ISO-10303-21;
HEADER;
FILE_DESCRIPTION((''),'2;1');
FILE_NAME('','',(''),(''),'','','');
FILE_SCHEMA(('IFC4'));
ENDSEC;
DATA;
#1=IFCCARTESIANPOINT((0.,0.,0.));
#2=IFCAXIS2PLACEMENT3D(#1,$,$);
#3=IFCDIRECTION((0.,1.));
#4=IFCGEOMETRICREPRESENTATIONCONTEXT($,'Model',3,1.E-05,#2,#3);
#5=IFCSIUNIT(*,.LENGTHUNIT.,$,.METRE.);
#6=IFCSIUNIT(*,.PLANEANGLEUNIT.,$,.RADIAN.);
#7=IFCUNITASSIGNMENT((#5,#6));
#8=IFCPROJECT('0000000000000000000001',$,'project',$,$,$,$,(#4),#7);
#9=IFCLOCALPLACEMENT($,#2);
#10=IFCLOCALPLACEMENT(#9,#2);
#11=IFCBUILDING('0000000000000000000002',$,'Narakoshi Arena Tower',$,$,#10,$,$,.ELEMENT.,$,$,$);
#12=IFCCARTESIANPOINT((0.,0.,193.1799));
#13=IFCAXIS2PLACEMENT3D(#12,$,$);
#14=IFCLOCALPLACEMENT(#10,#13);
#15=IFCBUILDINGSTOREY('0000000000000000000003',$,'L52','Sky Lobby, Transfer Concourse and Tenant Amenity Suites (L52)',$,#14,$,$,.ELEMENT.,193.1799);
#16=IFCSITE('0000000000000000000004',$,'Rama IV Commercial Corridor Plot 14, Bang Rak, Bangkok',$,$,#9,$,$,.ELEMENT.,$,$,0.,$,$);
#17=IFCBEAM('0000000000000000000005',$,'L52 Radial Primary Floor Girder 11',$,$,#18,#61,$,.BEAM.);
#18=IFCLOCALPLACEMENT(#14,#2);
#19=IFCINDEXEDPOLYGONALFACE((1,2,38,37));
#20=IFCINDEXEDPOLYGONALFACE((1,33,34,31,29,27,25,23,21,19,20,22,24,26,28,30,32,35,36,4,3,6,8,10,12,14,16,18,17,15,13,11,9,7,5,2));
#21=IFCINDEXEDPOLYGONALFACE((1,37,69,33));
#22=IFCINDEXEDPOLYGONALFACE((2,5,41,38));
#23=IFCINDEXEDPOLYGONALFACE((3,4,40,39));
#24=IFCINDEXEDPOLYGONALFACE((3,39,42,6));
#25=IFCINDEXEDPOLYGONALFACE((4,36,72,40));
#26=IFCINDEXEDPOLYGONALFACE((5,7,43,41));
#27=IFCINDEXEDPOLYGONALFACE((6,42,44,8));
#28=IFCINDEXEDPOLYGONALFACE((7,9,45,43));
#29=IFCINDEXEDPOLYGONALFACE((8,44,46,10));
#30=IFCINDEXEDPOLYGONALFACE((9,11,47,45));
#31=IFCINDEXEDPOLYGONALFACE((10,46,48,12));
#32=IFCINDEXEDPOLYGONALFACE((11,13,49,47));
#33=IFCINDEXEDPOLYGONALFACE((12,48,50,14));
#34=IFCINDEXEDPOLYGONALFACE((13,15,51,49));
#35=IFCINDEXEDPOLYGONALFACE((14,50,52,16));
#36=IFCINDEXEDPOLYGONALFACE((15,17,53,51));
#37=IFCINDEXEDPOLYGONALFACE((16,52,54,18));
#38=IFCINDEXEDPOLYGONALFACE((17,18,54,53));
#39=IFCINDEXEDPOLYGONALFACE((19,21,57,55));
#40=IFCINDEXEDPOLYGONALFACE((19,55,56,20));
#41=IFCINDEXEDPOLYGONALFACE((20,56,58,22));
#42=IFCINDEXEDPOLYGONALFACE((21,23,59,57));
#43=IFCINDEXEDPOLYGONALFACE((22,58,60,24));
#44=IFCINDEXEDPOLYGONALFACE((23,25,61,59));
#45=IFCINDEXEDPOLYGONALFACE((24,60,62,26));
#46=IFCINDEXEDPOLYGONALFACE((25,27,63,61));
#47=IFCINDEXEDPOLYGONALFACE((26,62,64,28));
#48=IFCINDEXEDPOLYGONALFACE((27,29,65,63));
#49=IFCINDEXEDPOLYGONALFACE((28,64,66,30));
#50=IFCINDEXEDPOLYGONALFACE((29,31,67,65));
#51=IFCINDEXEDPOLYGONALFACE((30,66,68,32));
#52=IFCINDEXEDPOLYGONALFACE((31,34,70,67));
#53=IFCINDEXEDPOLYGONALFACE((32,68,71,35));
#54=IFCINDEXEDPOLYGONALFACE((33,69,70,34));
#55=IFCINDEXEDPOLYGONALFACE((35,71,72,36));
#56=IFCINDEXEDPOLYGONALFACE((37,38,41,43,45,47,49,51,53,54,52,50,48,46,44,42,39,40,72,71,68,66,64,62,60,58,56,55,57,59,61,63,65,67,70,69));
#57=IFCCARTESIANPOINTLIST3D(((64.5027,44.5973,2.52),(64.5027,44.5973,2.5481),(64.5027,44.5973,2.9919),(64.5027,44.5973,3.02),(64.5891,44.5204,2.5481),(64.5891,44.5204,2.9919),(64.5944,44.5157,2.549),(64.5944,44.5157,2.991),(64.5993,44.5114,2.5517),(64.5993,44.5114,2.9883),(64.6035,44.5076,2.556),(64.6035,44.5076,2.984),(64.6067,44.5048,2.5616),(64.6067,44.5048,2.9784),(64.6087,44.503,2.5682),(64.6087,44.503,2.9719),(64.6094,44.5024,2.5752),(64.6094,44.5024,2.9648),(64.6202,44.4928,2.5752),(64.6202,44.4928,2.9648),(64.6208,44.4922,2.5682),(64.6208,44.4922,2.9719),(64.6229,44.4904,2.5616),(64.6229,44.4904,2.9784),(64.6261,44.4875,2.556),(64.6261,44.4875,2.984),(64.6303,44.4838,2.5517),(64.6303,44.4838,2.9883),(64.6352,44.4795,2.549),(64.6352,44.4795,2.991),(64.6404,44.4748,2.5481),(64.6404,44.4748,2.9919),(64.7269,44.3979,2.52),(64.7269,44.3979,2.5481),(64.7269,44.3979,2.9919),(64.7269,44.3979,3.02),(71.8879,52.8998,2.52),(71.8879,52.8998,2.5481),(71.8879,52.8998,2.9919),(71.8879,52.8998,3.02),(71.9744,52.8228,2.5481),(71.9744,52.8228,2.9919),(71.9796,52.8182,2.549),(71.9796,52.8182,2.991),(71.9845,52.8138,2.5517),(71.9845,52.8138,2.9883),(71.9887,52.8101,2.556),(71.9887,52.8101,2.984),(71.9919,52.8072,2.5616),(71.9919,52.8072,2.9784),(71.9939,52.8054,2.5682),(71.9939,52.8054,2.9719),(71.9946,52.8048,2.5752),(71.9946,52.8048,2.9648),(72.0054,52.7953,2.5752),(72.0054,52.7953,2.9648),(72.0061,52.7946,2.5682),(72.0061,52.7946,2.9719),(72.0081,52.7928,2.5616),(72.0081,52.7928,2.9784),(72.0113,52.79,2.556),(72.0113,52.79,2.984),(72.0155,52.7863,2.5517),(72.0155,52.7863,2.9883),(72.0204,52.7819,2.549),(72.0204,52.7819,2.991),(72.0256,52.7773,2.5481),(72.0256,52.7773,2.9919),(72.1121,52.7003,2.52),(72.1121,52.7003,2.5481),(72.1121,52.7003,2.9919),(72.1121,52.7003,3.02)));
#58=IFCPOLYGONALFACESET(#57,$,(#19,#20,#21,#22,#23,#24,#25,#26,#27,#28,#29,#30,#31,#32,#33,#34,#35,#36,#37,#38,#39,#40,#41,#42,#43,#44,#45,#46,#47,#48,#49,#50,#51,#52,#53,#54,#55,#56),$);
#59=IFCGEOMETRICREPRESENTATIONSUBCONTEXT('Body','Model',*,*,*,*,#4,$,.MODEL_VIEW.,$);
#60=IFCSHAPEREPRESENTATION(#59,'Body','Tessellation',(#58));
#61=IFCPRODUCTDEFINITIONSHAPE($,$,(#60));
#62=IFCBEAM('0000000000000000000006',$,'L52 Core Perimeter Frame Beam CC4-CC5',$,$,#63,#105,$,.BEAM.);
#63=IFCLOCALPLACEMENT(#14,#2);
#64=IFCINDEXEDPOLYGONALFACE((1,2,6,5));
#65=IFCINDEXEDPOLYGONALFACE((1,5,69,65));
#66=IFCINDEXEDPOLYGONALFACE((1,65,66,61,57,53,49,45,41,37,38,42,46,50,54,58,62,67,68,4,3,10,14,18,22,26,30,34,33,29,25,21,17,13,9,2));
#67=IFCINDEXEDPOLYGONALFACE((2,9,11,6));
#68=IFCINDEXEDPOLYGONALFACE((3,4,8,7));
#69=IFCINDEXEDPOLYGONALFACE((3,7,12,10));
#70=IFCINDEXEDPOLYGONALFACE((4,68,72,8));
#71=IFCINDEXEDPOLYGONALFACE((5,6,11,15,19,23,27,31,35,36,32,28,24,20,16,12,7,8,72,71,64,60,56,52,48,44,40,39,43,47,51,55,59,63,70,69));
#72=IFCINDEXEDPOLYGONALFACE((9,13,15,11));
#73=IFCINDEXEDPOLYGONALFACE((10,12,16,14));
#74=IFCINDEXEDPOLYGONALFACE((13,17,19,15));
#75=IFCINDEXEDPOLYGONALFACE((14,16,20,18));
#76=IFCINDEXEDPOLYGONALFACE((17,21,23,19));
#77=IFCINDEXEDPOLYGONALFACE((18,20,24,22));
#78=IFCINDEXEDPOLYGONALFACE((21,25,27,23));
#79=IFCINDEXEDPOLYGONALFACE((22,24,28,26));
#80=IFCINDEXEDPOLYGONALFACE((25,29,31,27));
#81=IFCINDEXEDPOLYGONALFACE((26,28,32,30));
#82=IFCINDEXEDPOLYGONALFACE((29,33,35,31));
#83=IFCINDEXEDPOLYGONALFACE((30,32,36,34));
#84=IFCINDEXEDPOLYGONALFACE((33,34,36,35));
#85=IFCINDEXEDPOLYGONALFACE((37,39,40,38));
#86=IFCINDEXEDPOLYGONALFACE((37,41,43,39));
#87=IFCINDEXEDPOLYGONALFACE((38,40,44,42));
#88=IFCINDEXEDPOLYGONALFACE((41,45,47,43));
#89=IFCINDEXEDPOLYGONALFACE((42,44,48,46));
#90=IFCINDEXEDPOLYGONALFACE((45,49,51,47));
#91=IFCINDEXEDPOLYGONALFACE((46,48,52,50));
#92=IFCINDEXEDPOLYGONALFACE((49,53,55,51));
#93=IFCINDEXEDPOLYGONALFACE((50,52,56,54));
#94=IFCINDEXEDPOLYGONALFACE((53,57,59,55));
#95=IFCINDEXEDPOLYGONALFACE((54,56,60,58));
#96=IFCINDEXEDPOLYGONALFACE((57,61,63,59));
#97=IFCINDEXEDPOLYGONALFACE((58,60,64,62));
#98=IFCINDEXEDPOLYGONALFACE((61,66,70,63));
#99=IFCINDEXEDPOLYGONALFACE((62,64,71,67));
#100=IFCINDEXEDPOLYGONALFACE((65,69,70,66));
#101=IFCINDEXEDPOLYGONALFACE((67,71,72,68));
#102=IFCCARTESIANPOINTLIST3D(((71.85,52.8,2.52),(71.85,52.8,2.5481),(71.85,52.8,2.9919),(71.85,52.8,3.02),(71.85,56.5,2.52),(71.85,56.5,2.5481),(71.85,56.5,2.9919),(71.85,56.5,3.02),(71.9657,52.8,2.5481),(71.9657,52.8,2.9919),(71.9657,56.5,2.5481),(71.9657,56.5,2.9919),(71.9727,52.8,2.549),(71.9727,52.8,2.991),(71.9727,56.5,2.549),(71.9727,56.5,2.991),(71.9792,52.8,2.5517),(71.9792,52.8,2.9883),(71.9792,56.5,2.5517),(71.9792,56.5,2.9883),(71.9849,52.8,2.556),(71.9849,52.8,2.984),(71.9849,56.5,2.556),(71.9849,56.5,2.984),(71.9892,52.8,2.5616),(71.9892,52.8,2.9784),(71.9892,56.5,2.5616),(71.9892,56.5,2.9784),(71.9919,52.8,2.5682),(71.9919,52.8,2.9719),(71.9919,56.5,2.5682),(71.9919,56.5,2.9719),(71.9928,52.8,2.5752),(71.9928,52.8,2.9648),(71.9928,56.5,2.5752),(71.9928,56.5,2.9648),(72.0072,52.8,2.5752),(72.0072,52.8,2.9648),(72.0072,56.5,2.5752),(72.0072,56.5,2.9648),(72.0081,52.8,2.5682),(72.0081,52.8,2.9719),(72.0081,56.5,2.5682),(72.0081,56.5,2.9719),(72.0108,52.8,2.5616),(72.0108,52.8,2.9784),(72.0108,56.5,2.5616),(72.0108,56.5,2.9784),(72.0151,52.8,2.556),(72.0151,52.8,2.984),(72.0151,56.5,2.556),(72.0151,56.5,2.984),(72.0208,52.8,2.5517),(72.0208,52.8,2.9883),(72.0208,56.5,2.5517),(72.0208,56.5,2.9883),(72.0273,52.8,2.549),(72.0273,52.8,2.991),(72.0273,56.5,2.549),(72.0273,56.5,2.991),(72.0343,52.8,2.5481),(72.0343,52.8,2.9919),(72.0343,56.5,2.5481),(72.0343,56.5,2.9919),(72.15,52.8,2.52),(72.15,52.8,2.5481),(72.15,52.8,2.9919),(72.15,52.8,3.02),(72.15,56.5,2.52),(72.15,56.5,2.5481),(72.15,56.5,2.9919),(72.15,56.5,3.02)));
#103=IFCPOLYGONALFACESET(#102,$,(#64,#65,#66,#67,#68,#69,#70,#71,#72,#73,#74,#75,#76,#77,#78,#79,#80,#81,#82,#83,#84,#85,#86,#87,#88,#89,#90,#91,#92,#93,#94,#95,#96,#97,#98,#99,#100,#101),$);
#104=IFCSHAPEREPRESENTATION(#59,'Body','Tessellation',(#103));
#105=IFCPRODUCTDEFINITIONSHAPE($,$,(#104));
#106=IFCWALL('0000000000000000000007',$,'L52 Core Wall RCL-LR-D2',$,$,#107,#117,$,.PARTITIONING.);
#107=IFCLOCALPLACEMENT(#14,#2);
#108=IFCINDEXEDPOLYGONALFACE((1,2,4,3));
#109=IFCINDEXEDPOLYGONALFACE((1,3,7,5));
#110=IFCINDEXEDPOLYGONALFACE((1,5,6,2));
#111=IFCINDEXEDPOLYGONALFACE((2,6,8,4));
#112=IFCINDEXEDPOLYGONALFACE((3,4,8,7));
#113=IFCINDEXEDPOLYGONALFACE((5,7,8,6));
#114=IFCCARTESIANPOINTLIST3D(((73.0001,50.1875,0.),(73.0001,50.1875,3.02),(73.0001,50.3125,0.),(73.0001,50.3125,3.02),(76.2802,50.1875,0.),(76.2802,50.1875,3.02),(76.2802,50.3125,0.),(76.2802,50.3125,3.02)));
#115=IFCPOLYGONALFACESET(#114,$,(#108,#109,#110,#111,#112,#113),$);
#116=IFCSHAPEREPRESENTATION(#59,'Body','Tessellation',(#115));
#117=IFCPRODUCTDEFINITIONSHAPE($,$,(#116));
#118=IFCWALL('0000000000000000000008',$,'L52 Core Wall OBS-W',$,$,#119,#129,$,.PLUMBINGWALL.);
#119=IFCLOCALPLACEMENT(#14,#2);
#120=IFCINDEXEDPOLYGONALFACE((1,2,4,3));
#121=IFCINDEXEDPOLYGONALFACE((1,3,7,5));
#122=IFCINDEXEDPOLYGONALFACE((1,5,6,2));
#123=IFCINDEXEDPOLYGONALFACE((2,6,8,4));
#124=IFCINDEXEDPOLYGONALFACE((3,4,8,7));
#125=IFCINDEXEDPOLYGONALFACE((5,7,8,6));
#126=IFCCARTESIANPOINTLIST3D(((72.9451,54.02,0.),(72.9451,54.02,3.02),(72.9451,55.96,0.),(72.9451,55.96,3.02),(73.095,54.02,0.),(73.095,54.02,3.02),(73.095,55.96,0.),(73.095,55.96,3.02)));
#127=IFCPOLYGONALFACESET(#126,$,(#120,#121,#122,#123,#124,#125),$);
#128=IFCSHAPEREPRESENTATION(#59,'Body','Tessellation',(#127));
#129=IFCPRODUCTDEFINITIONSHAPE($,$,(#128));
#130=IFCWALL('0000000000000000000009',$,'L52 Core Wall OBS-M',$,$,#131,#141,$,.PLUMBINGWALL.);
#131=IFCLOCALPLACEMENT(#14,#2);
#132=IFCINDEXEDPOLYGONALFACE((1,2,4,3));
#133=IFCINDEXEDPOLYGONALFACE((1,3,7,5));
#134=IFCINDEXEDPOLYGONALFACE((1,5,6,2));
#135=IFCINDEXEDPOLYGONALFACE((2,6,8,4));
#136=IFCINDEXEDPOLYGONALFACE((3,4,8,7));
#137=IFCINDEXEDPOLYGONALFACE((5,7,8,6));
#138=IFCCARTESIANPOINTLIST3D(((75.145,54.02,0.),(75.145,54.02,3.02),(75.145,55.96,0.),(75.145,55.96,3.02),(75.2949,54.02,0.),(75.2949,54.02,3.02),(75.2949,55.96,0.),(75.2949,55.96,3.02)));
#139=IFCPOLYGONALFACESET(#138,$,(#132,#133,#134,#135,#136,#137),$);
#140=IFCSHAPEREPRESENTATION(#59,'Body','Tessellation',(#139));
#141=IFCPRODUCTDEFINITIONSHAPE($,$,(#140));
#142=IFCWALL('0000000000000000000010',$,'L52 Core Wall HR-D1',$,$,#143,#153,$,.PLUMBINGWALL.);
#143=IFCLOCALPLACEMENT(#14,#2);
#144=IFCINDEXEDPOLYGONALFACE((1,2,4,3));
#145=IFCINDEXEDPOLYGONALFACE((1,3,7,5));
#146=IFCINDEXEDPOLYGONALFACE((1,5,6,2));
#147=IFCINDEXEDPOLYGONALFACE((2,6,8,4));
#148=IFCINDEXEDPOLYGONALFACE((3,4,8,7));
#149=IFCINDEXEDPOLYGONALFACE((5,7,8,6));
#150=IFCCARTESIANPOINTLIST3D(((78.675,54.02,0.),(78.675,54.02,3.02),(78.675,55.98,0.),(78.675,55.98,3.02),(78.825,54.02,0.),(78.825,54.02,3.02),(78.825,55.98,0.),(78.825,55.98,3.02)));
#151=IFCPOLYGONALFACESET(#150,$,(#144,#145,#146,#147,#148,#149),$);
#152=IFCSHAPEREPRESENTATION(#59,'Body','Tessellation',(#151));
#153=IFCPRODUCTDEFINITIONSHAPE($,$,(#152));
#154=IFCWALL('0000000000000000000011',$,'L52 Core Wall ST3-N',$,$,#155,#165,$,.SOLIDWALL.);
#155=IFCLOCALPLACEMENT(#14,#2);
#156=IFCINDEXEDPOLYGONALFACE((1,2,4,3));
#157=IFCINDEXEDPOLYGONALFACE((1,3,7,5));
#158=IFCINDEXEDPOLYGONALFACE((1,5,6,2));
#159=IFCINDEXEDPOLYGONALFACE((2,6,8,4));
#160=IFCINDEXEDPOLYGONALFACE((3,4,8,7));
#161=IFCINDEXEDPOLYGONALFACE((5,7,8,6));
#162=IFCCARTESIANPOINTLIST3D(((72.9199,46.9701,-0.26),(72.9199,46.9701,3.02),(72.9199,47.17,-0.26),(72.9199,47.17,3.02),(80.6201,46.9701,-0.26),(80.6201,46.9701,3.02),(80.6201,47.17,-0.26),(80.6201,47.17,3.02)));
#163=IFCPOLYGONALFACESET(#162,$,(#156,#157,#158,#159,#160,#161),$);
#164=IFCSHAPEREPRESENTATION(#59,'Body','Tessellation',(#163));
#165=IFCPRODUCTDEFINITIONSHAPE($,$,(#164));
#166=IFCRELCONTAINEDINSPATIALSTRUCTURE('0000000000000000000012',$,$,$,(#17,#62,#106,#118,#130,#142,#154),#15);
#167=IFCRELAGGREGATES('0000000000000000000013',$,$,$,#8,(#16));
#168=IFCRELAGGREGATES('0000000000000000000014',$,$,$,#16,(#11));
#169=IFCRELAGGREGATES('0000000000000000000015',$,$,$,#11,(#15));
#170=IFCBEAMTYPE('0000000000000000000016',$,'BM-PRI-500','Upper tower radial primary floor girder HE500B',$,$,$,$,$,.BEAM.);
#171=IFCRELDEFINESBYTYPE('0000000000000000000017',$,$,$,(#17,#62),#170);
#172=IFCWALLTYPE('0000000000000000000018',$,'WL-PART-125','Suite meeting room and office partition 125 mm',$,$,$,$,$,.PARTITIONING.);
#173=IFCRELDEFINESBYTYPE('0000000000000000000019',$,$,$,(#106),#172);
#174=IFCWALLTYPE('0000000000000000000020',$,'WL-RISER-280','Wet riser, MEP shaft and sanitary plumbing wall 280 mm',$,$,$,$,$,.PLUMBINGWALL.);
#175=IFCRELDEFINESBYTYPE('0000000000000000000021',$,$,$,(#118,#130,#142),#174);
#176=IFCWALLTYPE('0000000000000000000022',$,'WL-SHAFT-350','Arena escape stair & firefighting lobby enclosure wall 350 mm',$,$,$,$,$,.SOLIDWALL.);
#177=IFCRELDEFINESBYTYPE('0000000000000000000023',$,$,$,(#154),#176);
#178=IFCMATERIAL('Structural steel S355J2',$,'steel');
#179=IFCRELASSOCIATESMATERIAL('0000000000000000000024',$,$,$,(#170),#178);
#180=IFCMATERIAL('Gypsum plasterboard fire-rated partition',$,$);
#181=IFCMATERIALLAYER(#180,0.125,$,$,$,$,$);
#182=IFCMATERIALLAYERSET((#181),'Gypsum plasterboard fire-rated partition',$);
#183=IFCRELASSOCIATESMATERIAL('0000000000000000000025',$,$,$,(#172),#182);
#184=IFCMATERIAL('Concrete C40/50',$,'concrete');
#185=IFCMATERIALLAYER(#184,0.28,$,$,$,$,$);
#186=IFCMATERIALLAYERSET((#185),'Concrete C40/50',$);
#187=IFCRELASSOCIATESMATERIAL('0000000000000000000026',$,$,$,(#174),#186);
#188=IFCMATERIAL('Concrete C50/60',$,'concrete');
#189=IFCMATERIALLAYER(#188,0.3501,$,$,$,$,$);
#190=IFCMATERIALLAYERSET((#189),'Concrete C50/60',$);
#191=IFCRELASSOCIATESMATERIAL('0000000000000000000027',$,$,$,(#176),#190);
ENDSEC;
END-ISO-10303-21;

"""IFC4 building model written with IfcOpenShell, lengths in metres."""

from ifc_helpers import new_model, si_unit, direction, frame, frame_2d, origin, origin_2d, place, context, subcontext, project, spatial, rectangle, i_section, extrude, material, layer, layer_set, material_profile, profile_set, type_object, element, save


model = new_model("IFC4")

# Units and contexts
model_context = context("Model", 3, precision=1e-05, world=origin(), true_north=direction((0.0, 1.0)))
body_context = subcontext(model_context, "Body", "Model", "MODEL_VIEW")
ifc_project = project(units=[si_unit("LENGTHUNIT", "METRE"), si_unit("PLANEANGLEUNIT", "RADIAN")], contexts=[model_context])

# Site, building, storey
site_placement = place(None, origin())
site = spatial("IfcSite", under=ifc_project, at=site_placement, Name="Rama IV Commercial Corridor Plot 14, Bang Rak, Bangkok", CompositionType="ELEMENT", RefElevation=0.0)
building_placement = place(site_placement, origin())
building = spatial("IfcBuilding", under=site, at=building_placement, Name="Narakoshi Arena Tower", CompositionType="ELEMENT")
storey_placement = place(building_placement, frame((0.0, 0.0, 193.1799)))
storey = spatial("IfcBuildingStorey", under=building, at=storey_placement, Name="L52", Description="Sky Lobby, Transfer Concourse and Tenant Amenity Suites (L52)", CompositionType="ELEMENT", Elevation=193.1799)

# Beams
ifc_material_1 = material(Name="Structural steel S355J2", Category="steel")
ifc_material_profile = material_profile(ifc_material_1, i_section(OverallWidth=0.3, OverallDepth=0.5, WebThickness=0.0144, FlangeThickness=0.0281, FilletRadius=0.0271, at=origin_2d()), Name="HE500B")
ifc_profile_set = profile_set([ifc_material_profile], Name="Structural steel S355J2")
beam_type = type_object("IfcBeamType", Name="BM-PRI-500", Description="Upper tower radial primary floor girder HE500B", PredefinedType="BEAM", material=ifc_profile_set)
beam_1_placement = place(storey_placement, frame((72.0, 52.8, 2.77), z_axis=(-0.664628, -0.747174, 0.0), x_axis=(0.747174, -0.664628, 0.0)))
element("IfcBeam", 1, at=beam_1_placement, inside=storey, type_object=beam_type, Name="L52 Radial Primary Floor Girder 11", PredefinedType="BEAM", context=body_context, shape_type="SweptSolid", body=[
    extrude(i_section(OverallWidth=0.3, OverallDepth=0.5, WebThickness=0.0144, FlangeThickness=0.0281, FilletRadius=0.0271, at=origin_2d()), origin(), (0.0, 0.0, 1.0), 11.1118),
])
beam_2_placement = place(storey_placement, frame((72.0, 52.8, 2.77), z_axis=(0.0, 1.0, 0.0), x_axis=(-1.0, 0.0, 0.0)))
element("IfcBeam", 2, at=beam_2_placement, inside=storey, type_object=beam_type, Name="L52 Core Perimeter Frame Beam CC4-CC5", PredefinedType="BEAM", context=body_context, shape_type="SweptSolid", body=[
    extrude(i_section(OverallWidth=0.3, OverallDepth=0.5, WebThickness=0.0144, FlangeThickness=0.0281, FilletRadius=0.0271, at=origin_2d()), origin(), (0.0, 0.0, 1.0), 3.7),
])

# Walls
ifc_material_2 = material(Name="Gypsum plasterboard fire-rated partition")
ifc_layer_1 = layer(ifc_material_2, 0.125)
ifc_layer_set_1 = layer_set([ifc_layer_1], Name="Gypsum plasterboard fire-rated partition")
wall_type_1 = type_object("IfcWallType", Name="WL-PART-125", Description="Suite meeting room and office partition 125 mm", PredefinedType="PARTITIONING", material=ifc_layer_set_1)
wall_1_placement = place(storey_placement, frame((73.0, 50.25, 0.0), z_axis=(0.0, 0.0, 1.0), x_axis=(1.0, 0.0, 0.0)))
element("IfcWall", 3, at=wall_1_placement, inside=storey, type_object=wall_type_1, Name="L52 Core Wall RCL-LR-D2", PredefinedType="PARTITIONING", context=body_context, shape_type="SweptSolid", body=[
    extrude(rectangle(XDim=3.28, YDim=0.125, at=frame_2d((1.6401, 0.0))), origin(), (0.0, 0.0, 1.0), 3.02),
])
ifc_material_3 = material(Name="Concrete C40/50", Category="concrete")
ifc_layer_2 = layer(ifc_material_3, 0.28)
ifc_layer_set_2 = layer_set([ifc_layer_2], Name="Concrete C40/50")
wall_type_2 = type_object("IfcWallType", Name="WL-RISER-280", Description="Wet riser, MEP shaft and sanitary plumbing wall 280 mm", PredefinedType="PLUMBINGWALL", material=ifc_layer_set_2)
for number, where, z_axis, x_axis, name in (
    (4, (73.02, 54.02, 0.0), (0.0, 0.0, 1.0), (0.0, 1.0, 0.0), "L52 Core Wall OBS-W"),
    (5, (75.22, 54.02, 0.0), (0.0, 0.0, 1.0), (0.0, 1.0, 0.0), "L52 Core Wall OBS-M"),
):
    element("IfcWall", number, at=place(storey_placement, frame(where, z_axis=z_axis, x_axis=x_axis)), inside=storey, type_object=wall_type_2, Name=name, PredefinedType="PLUMBINGWALL", context=body_context, shape_type="SweptSolid", body=[
        extrude(rectangle(XDim=1.9399, YDim=0.1499, at=frame_2d((0.97, 0.0))), origin(), (0.0, 0.0, 1.0), 3.02),
    ])
wall_2_placement = place(storey_placement, frame((78.75, 54.02, 0.0), z_axis=(0.0, 0.0, 1.0), x_axis=(0.0, 1.0, 0.0)))
element("IfcWall", 6, at=wall_2_placement, inside=storey, type_object=wall_type_2, Name="L52 Core Wall HR-D1", PredefinedType="PLUMBINGWALL", context=body_context, shape_type="SweptSolid", body=[
    extrude(rectangle(XDim=1.96, YDim=0.1499, at=frame_2d((0.98, 0.0))), origin(), (0.0, 0.0, 1.0), 3.02),
])
ifc_material_4 = material(Name="Concrete C50/60", Category="concrete")
ifc_layer_3 = layer(ifc_material_4, 0.3501)
ifc_layer_set_3 = layer_set([ifc_layer_3], Name="Concrete C50/60")
wall_type_3 = type_object("IfcWallType", Name="WL-SHAFT-350", Description="Arena escape stair & firefighting lobby enclosure wall 350 mm", PredefinedType="SOLIDWALL", material=ifc_layer_set_3)
wall_3_placement = place(storey_placement, frame((72.9199, 47.0701, -0.26), z_axis=(0.0, 0.0, 1.0), x_axis=(1.0, 0.0, 0.0)))
element("IfcWall", 7, at=wall_3_placement, inside=storey, type_object=wall_type_3, Name="L52 Core Wall ST3-N", PredefinedType="SOLIDWALL", context=body_context, shape_type="SweptSolid", body=[
    extrude(rectangle(XDim=7.7002, YDim=0.2, at=frame_2d((3.8501, 0.0))), origin(), (0.0, 0.0, 1.0), 3.28),
])

save(model, "model.ifc")
